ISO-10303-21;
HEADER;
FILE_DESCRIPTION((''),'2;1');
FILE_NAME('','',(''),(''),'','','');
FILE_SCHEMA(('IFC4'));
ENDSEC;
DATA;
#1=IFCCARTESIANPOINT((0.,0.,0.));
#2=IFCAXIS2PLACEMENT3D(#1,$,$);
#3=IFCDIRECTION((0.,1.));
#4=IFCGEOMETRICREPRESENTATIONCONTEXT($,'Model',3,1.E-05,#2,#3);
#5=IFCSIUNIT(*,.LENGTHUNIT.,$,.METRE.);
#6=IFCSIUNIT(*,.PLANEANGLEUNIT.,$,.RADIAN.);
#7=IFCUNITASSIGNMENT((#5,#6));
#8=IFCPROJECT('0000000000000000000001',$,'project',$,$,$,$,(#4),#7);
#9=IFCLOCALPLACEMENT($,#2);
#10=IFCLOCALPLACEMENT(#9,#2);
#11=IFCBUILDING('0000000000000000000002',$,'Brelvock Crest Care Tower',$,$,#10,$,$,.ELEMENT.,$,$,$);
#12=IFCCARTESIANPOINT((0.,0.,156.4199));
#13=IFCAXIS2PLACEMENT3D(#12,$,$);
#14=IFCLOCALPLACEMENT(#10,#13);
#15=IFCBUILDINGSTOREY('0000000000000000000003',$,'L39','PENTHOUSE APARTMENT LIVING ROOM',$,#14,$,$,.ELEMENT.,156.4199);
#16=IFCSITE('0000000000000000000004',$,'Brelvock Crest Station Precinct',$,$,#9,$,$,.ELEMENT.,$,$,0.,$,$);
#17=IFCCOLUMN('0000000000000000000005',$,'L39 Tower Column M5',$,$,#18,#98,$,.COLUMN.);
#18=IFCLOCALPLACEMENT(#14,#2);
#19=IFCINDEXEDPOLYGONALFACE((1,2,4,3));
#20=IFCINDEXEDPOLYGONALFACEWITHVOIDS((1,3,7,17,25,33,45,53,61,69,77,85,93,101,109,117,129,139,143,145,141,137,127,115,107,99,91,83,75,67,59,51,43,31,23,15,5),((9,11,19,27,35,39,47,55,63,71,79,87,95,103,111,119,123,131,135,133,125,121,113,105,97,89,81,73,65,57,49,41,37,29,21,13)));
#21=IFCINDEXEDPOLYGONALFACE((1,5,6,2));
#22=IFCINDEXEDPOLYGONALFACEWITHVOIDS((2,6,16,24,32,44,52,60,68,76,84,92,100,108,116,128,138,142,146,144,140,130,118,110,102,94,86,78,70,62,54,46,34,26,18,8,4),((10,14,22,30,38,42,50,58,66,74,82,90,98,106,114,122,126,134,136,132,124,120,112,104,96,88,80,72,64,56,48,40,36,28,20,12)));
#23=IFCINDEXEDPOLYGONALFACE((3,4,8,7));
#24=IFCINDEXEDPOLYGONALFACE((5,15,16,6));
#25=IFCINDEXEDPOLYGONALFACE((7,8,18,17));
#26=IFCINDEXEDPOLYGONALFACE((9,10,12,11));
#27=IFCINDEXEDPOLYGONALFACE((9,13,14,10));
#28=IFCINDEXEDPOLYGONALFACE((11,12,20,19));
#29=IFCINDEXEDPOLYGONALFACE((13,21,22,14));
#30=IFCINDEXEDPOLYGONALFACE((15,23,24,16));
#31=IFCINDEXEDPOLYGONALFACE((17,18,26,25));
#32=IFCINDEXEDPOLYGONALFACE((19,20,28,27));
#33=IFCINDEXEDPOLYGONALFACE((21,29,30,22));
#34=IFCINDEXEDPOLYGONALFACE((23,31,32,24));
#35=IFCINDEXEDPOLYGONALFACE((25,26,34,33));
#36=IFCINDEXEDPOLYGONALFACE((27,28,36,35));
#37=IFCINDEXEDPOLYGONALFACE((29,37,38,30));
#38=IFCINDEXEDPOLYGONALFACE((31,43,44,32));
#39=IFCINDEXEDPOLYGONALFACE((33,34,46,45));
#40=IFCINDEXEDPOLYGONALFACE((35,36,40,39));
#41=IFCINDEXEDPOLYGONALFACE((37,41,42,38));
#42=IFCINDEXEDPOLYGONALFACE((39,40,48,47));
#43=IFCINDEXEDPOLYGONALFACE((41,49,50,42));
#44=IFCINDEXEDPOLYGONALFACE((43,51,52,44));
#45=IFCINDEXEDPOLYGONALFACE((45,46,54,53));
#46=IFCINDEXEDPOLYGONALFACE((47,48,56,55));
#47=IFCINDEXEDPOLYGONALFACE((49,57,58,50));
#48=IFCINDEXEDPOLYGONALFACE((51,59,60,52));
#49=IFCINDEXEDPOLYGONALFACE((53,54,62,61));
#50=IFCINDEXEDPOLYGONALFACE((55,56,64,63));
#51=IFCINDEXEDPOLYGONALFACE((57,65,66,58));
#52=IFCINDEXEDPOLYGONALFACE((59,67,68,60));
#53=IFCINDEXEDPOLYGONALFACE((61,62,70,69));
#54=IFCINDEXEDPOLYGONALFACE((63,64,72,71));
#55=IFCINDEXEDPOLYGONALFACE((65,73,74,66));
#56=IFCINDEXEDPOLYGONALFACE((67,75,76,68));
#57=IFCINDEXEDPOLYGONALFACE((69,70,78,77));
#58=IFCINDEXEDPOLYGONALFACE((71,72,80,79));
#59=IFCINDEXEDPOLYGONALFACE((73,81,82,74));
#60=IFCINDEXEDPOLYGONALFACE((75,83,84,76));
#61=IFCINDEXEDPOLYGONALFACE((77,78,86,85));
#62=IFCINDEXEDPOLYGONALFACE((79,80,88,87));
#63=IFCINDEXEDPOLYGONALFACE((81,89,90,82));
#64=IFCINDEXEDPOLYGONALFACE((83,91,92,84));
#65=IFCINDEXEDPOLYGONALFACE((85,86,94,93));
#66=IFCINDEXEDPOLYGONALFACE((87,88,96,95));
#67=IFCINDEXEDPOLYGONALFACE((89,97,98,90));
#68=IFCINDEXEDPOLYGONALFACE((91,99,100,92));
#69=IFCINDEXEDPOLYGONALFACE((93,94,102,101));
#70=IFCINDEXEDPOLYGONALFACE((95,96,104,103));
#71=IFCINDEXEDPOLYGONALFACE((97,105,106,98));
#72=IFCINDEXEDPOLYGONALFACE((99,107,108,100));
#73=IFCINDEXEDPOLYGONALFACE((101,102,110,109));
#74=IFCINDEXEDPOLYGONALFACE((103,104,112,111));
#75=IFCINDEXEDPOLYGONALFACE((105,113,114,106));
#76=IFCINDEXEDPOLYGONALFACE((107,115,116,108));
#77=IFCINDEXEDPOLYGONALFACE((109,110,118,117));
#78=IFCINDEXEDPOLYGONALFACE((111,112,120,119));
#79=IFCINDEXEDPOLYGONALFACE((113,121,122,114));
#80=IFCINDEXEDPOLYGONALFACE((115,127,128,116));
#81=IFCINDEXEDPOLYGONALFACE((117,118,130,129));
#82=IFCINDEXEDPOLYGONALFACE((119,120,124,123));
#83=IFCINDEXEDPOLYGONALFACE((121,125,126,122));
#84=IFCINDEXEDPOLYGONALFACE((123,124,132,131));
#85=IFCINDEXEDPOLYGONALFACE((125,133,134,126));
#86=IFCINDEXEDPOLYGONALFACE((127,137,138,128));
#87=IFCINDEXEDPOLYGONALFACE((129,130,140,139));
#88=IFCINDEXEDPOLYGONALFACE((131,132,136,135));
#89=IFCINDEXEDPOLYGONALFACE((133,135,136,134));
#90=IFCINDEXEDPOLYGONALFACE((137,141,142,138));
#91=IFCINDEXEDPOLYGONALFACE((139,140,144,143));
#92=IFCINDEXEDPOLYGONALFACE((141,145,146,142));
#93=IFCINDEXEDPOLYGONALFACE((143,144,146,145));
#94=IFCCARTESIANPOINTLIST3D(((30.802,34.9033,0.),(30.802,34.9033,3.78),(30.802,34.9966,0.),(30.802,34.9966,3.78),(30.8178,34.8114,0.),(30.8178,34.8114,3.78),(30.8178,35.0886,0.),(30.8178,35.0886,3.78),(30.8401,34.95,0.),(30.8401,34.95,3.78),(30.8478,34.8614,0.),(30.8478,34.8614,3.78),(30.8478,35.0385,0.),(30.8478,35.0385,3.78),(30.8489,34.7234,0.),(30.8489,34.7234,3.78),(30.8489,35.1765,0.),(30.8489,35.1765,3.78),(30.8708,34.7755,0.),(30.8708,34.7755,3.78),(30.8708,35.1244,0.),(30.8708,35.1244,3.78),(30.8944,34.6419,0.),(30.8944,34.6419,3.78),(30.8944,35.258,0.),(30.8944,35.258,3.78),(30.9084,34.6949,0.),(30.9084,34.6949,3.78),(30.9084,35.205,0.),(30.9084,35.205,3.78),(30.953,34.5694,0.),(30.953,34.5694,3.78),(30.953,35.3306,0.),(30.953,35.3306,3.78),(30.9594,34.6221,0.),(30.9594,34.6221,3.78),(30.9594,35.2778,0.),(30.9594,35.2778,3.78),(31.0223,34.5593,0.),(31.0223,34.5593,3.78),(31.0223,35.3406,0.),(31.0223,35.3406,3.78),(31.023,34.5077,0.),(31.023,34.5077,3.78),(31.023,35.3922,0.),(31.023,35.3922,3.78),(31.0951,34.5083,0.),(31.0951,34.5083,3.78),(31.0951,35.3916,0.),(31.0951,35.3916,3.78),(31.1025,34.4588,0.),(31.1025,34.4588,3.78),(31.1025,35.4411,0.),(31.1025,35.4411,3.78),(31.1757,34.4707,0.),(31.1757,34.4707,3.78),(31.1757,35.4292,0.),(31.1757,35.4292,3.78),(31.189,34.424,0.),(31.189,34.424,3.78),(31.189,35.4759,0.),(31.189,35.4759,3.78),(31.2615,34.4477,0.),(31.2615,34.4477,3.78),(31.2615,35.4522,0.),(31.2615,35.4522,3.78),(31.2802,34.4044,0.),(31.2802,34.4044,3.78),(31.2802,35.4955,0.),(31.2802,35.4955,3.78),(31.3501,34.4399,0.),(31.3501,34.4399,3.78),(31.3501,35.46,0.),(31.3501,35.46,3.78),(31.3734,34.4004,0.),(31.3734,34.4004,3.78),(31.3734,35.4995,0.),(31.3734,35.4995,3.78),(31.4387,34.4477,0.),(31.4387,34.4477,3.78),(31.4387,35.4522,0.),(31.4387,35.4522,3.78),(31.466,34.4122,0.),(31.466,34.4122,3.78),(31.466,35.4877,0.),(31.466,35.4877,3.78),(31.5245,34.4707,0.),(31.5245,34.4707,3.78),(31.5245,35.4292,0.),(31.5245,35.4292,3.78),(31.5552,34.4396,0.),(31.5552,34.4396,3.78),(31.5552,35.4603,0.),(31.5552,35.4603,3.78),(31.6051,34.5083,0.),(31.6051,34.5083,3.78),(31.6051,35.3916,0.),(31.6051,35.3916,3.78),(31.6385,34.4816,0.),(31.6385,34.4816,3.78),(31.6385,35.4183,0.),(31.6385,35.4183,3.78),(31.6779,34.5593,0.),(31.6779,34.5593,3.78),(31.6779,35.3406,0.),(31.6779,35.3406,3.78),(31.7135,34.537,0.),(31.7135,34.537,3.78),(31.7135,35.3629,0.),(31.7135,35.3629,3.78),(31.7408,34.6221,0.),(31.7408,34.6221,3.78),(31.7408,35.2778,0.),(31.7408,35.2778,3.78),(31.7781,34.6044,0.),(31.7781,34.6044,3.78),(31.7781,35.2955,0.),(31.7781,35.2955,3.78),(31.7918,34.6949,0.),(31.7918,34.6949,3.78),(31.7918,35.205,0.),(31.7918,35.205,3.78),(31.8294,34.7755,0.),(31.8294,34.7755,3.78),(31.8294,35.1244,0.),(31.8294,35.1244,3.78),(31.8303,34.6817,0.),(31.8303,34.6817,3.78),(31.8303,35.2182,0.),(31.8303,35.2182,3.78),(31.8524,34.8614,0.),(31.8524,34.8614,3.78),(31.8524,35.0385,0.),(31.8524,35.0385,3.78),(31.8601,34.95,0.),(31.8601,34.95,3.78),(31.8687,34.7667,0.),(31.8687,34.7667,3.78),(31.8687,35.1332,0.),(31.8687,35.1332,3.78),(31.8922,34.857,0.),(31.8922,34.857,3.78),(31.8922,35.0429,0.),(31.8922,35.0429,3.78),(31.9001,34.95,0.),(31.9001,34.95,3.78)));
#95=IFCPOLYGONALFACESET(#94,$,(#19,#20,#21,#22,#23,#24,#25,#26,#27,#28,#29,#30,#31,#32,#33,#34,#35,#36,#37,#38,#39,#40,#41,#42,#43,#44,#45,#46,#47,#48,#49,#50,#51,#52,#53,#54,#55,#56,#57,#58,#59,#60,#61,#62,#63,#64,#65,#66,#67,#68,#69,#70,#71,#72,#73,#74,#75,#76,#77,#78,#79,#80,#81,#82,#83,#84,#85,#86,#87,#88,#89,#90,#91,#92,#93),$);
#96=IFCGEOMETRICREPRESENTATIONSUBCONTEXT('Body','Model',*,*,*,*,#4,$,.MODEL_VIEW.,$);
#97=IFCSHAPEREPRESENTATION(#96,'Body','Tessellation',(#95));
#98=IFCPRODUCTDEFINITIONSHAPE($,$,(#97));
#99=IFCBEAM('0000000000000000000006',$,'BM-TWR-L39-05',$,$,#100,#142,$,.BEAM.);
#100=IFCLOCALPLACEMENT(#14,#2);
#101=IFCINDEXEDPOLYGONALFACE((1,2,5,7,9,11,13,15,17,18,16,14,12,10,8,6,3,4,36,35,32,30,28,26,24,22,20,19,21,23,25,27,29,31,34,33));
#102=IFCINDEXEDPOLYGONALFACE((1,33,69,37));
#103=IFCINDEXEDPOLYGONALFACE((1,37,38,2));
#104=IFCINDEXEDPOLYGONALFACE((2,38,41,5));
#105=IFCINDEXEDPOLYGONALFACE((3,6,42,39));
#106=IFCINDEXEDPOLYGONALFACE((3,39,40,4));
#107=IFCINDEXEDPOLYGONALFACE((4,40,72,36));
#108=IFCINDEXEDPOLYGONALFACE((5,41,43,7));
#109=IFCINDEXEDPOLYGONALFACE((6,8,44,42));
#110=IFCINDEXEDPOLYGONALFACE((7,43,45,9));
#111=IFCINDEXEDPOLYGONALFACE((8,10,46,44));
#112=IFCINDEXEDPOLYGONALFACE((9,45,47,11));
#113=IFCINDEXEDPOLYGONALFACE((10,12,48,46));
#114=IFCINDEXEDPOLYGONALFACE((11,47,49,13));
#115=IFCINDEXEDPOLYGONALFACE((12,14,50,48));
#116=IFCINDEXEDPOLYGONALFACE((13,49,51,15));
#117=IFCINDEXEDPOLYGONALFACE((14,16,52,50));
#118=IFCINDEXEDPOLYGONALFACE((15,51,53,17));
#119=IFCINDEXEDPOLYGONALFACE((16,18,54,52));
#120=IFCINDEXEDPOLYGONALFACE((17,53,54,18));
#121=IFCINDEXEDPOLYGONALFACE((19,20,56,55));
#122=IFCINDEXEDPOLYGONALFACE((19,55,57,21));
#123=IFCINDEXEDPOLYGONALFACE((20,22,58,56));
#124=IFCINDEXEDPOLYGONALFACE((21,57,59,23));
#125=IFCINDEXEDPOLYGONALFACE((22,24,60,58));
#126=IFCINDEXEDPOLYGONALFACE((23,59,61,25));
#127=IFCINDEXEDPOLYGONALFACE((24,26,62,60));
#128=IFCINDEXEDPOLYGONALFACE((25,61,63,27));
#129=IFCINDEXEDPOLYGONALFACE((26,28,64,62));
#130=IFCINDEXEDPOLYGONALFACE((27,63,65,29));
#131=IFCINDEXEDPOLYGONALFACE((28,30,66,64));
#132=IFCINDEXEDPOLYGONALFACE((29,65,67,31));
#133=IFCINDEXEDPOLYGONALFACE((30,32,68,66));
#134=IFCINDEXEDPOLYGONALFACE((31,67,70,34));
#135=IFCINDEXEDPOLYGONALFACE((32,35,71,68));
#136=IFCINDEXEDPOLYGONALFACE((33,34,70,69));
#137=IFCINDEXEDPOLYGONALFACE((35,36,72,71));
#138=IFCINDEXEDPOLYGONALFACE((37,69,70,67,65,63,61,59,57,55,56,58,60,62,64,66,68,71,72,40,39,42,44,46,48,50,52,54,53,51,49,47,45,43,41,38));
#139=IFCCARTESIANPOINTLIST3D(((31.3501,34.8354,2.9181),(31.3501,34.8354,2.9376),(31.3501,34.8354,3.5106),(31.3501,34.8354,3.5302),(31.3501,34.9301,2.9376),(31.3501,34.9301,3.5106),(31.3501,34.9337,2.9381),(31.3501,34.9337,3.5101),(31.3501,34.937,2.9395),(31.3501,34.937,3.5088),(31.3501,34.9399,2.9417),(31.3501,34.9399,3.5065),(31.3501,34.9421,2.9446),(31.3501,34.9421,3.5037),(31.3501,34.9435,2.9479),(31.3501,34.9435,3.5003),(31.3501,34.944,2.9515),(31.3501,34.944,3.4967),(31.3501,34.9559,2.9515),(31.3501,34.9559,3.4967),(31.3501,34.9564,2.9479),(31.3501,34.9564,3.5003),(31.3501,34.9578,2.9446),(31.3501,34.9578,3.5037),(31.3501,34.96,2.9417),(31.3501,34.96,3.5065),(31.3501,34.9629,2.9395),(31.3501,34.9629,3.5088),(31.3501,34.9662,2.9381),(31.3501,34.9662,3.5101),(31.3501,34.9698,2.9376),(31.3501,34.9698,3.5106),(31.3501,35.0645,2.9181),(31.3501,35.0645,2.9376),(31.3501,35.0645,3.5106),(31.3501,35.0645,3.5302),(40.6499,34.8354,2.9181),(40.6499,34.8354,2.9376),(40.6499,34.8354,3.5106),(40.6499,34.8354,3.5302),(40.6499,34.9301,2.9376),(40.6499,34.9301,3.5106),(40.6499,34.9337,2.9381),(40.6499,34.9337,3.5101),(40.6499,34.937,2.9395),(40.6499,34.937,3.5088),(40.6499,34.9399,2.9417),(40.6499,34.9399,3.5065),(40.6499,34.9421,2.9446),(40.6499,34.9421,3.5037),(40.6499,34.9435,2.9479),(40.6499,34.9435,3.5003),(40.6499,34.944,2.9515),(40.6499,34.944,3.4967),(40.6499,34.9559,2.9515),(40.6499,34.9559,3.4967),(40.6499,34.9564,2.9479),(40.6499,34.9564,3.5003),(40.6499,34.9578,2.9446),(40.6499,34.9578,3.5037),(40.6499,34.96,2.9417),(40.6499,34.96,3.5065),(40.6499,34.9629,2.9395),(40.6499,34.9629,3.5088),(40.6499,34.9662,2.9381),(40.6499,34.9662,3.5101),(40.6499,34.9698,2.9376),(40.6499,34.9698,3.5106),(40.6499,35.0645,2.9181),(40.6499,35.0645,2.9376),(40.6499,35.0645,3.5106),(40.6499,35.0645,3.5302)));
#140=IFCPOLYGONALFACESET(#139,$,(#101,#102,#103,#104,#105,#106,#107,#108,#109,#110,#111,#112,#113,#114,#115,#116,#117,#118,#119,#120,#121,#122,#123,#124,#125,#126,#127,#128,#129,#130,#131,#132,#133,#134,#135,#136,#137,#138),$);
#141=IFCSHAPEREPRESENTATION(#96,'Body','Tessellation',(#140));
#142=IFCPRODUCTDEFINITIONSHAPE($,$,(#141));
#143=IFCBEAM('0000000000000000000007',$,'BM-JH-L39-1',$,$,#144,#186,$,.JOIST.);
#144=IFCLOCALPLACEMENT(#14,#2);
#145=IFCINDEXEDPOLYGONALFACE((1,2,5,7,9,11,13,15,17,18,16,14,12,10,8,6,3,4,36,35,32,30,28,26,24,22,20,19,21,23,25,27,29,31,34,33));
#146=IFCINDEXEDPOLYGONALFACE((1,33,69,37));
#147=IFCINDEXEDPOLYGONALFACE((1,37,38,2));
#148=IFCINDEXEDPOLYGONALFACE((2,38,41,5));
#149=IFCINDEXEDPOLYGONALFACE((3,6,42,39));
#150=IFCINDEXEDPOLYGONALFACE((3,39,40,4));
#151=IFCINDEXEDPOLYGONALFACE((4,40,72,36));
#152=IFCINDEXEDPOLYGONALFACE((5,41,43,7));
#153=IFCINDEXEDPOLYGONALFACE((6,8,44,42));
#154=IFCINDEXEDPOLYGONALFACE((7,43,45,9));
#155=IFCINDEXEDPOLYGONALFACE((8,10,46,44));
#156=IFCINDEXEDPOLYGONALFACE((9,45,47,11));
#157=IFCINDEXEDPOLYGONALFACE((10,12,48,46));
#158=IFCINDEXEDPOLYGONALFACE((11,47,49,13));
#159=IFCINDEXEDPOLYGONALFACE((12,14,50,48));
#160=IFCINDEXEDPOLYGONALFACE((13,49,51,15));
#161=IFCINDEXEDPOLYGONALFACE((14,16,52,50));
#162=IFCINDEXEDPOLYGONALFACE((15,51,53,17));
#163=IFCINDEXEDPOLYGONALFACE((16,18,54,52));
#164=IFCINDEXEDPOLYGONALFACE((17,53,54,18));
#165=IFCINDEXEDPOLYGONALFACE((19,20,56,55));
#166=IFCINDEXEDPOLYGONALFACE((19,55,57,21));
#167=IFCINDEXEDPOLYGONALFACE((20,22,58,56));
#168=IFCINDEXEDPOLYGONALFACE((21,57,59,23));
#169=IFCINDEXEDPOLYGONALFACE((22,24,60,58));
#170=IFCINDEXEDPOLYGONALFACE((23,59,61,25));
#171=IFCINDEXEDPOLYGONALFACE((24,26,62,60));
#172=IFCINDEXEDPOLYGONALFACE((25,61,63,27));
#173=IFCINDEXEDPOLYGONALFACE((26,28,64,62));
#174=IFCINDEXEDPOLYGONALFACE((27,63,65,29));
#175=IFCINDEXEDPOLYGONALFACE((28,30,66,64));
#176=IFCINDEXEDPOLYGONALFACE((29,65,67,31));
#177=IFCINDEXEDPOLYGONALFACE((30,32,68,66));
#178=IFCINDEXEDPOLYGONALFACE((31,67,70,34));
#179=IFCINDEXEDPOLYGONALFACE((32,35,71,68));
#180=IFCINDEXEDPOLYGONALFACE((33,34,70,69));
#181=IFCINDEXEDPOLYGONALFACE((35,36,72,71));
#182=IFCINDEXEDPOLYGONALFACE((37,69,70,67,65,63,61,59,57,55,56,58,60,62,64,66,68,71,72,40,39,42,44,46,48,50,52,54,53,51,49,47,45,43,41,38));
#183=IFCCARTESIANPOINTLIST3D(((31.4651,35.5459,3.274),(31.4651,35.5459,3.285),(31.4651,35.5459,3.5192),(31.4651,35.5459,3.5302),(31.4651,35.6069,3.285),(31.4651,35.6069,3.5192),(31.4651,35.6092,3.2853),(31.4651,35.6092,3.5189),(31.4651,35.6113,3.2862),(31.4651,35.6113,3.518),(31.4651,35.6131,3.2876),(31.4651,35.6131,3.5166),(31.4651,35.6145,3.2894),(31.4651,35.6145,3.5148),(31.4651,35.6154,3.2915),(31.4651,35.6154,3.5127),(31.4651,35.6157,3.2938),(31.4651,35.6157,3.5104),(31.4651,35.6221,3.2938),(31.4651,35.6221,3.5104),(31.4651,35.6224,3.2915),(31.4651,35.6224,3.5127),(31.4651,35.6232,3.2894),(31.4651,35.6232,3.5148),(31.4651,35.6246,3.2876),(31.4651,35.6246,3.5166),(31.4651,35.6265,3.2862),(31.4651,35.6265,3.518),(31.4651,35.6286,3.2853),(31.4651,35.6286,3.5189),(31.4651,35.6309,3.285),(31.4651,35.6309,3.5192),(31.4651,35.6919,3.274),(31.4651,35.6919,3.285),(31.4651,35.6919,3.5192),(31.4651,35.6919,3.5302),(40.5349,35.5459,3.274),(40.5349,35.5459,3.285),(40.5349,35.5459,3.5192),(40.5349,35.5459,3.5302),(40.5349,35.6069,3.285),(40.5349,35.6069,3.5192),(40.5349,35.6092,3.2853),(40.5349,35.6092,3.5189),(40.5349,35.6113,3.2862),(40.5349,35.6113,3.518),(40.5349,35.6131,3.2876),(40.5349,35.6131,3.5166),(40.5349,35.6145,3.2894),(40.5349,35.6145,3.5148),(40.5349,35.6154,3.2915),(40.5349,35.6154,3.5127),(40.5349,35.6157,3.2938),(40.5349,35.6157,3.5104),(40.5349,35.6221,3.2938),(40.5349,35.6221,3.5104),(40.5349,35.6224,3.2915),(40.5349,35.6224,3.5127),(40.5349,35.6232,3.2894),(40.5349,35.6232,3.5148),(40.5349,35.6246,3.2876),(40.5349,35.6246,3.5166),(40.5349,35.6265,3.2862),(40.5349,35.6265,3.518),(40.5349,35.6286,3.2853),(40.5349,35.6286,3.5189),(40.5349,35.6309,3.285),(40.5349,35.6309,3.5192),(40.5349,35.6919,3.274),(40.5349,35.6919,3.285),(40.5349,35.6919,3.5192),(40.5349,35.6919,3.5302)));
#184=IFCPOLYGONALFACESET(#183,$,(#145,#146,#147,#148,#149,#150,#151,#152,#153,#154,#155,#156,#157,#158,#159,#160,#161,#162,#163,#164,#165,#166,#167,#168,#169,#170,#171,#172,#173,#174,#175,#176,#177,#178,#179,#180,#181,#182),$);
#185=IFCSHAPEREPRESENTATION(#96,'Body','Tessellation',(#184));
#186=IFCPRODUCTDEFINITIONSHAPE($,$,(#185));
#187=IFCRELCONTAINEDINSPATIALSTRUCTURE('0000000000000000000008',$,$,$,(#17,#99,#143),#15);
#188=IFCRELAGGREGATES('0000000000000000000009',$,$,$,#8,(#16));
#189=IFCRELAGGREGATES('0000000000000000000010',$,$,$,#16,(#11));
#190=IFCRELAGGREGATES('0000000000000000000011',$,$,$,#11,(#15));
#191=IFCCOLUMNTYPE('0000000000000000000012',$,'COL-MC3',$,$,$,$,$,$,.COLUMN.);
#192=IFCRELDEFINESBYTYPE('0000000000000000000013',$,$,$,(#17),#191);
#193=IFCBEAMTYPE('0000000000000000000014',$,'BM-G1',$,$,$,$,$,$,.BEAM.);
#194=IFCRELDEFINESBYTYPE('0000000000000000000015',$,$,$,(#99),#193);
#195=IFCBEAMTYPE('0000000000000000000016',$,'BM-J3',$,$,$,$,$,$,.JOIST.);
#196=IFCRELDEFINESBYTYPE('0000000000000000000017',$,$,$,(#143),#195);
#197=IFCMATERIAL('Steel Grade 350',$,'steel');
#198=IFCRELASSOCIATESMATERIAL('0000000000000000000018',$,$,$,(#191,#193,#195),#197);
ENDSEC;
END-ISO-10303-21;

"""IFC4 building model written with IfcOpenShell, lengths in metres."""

from ifc_helpers import new_model, si_unit, direction, frame, origin, origin_2d, place, context, subcontext, project, spatial, hollow_circle, i_section, extrude, source, transform, mapped, material, material_profile, profile_set, type_object, element, save


model = new_model("IFC4")

# Units and contexts
model_context = context("Model", 3, precision=1e-05, world=origin(), true_north=direction((0.0, 1.0)))
body_context = subcontext(model_context, "Body", "Model", "MODEL_VIEW")
ifc_project = project(units=[si_unit("LENGTHUNIT", "METRE"), si_unit("PLANEANGLEUNIT", "RADIAN")], contexts=[model_context])

# Site, building, storey
site_placement = place(None, origin())
site = spatial("IfcSite", under=ifc_project, at=site_placement, Name="Brelvock Crest Station Precinct", CompositionType="ELEMENT", RefElevation=0.0)
building_placement = place(site_placement, origin())
building = spatial("IfcBuilding", under=site, at=building_placement, Name="Brelvock Crest Care Tower", CompositionType="ELEMENT")
storey_placement = place(building_placement, frame((0.0, 0.0, 156.4199)))
storey = spatial("IfcBuildingStorey", under=building, at=storey_placement, Name="L39", Description="PENTHOUSE APARTMENT LIVING ROOM", CompositionType="ELEMENT", Elevation=156.4199)

# Column
ifc_material_1 = material(Name="Steel Grade 350", Category="steel")
ifc_material_profile_1 = material_profile(ifc_material_1, hollow_circle(Radius=0.55, WallThickness=0.04, at=origin_2d()), Name="CFT1100x40")
ifc_profile_set_1 = profile_set([ifc_material_profile_1], Name="Steel Grade 350")
column_type = type_object("IfcColumnType", Name="COL-MC3", PredefinedType="COLUMN", material=ifc_profile_set_1)
shared_shape_1 = source(origin(), body_context, "Body", "SweptSolid", [
    extrude(hollow_circle(Radius=0.55, WallThickness=0.04, at=origin_2d()), origin(), (0.0, 0.0, 1.0), 3.78),
])
column_placement = place(storey_placement, frame((31.3501, 34.95, 0.0), z_axis=(0.0, 0.0, 1.0), x_axis=(1.0, 0.0, 0.0)))
element("IfcColumn", 1, at=column_placement, inside=storey, type_object=column_type, Name="L39 Tower Column M5", PredefinedType="COLUMN", context=body_context, shape_type="MappedRepresentation", body=[
    mapped(shared_shape_1, transform((0.0, 0.0, 0.0), x_axis=(1.0, 0.0, 0.0), y_axis=(0.0, 1.0, 0.0), z_axis=(0.0, 0.0, 1.0), scale=1.0)),
])

# Beams
ifc_material_profile_2 = material_profile(ifc_material_1, i_section(OverallWidth=0.229, OverallDepth=0.6121, WebThickness=0.012, FlangeThickness=0.0195, FilletRadius=0.0139, at=origin_2d()), Name="610UB125")
ifc_profile_set_2 = profile_set([ifc_material_profile_2], Name="Steel Grade 350")
beam_type_1 = type_object("IfcBeamType", Name="BM-G1", PredefinedType="BEAM", material=ifc_profile_set_2)
shared_shape_2 = source(origin(), body_context, "Body", "SweptSolid", [
    extrude(i_section(OverallWidth=0.229, OverallDepth=0.6121, WebThickness=0.012, FlangeThickness=0.0195, FilletRadius=0.0139, at=origin_2d()), origin(), (0.0, 0.0, 1.0), 9.2998),
])
beam_1_placement = place(storey_placement, frame((31.3501, 34.95, 3.2241), z_axis=(1.0, 0.0, 0.0), x_axis=(0.0, 1.0, 0.0)))
element("IfcBeam", 2, at=beam_1_placement, inside=storey, type_object=beam_type_1, Name="BM-TWR-L39-05", PredefinedType="BEAM", context=body_context, shape_type="MappedRepresentation", body=[
    mapped(shared_shape_2, transform((0.0, 0.0, 0.0), x_axis=(1.0, 0.0, 0.0), y_axis=(0.0, 1.0, 0.0), z_axis=(0.0, 0.0, 1.0), scale=1.0)),
])
ifc_material_profile_3 = material_profile(ifc_material_1, i_section(OverallWidth=0.146, OverallDepth=0.2561, WebThickness=0.0063, FlangeThickness=0.011, FilletRadius=0.0088, at=origin_2d()), Name="250UB37.3")
ifc_profile_set_3 = profile_set([ifc_material_profile_3], Name="Steel Grade 350")
beam_type_2 = type_object("IfcBeamType", Name="BM-J3", PredefinedType="JOIST", material=ifc_profile_set_3)
shared_shape_3 = source(origin(), body_context, "Body", "SweptSolid", [
    extrude(i_section(OverallWidth=0.146, OverallDepth=0.2561, WebThickness=0.0063, FlangeThickness=0.011, FilletRadius=0.0088, at=origin_2d()), origin(), (0.0, 0.0, 1.0), 9.0698),
])
for number, where, z_axis, x_axis, name in (
    (3, (31.4651, 35.6189, 3.4021), (1.0, 0.0, 0.0), (0.0, 1.0, 0.0), "BM-JH-L39-1"),
):
    element("IfcBeam", number, at=place(storey_placement, frame(where, z_axis=z_axis, x_axis=x_axis)), inside=storey, type_object=beam_type_2, Name=name, PredefinedType="JOIST", context=body_context, shape_type="MappedRepresentation", body=[
        mapped(shared_shape_3, transform((0.0, 0.0, 0.0), x_axis=(1.0, 0.0, 0.0), y_axis=(0.0, 1.0, 0.0), z_axis=(0.0, 0.0, 1.0), scale=1.0)),
    ])

save(model, "model.ifc")
